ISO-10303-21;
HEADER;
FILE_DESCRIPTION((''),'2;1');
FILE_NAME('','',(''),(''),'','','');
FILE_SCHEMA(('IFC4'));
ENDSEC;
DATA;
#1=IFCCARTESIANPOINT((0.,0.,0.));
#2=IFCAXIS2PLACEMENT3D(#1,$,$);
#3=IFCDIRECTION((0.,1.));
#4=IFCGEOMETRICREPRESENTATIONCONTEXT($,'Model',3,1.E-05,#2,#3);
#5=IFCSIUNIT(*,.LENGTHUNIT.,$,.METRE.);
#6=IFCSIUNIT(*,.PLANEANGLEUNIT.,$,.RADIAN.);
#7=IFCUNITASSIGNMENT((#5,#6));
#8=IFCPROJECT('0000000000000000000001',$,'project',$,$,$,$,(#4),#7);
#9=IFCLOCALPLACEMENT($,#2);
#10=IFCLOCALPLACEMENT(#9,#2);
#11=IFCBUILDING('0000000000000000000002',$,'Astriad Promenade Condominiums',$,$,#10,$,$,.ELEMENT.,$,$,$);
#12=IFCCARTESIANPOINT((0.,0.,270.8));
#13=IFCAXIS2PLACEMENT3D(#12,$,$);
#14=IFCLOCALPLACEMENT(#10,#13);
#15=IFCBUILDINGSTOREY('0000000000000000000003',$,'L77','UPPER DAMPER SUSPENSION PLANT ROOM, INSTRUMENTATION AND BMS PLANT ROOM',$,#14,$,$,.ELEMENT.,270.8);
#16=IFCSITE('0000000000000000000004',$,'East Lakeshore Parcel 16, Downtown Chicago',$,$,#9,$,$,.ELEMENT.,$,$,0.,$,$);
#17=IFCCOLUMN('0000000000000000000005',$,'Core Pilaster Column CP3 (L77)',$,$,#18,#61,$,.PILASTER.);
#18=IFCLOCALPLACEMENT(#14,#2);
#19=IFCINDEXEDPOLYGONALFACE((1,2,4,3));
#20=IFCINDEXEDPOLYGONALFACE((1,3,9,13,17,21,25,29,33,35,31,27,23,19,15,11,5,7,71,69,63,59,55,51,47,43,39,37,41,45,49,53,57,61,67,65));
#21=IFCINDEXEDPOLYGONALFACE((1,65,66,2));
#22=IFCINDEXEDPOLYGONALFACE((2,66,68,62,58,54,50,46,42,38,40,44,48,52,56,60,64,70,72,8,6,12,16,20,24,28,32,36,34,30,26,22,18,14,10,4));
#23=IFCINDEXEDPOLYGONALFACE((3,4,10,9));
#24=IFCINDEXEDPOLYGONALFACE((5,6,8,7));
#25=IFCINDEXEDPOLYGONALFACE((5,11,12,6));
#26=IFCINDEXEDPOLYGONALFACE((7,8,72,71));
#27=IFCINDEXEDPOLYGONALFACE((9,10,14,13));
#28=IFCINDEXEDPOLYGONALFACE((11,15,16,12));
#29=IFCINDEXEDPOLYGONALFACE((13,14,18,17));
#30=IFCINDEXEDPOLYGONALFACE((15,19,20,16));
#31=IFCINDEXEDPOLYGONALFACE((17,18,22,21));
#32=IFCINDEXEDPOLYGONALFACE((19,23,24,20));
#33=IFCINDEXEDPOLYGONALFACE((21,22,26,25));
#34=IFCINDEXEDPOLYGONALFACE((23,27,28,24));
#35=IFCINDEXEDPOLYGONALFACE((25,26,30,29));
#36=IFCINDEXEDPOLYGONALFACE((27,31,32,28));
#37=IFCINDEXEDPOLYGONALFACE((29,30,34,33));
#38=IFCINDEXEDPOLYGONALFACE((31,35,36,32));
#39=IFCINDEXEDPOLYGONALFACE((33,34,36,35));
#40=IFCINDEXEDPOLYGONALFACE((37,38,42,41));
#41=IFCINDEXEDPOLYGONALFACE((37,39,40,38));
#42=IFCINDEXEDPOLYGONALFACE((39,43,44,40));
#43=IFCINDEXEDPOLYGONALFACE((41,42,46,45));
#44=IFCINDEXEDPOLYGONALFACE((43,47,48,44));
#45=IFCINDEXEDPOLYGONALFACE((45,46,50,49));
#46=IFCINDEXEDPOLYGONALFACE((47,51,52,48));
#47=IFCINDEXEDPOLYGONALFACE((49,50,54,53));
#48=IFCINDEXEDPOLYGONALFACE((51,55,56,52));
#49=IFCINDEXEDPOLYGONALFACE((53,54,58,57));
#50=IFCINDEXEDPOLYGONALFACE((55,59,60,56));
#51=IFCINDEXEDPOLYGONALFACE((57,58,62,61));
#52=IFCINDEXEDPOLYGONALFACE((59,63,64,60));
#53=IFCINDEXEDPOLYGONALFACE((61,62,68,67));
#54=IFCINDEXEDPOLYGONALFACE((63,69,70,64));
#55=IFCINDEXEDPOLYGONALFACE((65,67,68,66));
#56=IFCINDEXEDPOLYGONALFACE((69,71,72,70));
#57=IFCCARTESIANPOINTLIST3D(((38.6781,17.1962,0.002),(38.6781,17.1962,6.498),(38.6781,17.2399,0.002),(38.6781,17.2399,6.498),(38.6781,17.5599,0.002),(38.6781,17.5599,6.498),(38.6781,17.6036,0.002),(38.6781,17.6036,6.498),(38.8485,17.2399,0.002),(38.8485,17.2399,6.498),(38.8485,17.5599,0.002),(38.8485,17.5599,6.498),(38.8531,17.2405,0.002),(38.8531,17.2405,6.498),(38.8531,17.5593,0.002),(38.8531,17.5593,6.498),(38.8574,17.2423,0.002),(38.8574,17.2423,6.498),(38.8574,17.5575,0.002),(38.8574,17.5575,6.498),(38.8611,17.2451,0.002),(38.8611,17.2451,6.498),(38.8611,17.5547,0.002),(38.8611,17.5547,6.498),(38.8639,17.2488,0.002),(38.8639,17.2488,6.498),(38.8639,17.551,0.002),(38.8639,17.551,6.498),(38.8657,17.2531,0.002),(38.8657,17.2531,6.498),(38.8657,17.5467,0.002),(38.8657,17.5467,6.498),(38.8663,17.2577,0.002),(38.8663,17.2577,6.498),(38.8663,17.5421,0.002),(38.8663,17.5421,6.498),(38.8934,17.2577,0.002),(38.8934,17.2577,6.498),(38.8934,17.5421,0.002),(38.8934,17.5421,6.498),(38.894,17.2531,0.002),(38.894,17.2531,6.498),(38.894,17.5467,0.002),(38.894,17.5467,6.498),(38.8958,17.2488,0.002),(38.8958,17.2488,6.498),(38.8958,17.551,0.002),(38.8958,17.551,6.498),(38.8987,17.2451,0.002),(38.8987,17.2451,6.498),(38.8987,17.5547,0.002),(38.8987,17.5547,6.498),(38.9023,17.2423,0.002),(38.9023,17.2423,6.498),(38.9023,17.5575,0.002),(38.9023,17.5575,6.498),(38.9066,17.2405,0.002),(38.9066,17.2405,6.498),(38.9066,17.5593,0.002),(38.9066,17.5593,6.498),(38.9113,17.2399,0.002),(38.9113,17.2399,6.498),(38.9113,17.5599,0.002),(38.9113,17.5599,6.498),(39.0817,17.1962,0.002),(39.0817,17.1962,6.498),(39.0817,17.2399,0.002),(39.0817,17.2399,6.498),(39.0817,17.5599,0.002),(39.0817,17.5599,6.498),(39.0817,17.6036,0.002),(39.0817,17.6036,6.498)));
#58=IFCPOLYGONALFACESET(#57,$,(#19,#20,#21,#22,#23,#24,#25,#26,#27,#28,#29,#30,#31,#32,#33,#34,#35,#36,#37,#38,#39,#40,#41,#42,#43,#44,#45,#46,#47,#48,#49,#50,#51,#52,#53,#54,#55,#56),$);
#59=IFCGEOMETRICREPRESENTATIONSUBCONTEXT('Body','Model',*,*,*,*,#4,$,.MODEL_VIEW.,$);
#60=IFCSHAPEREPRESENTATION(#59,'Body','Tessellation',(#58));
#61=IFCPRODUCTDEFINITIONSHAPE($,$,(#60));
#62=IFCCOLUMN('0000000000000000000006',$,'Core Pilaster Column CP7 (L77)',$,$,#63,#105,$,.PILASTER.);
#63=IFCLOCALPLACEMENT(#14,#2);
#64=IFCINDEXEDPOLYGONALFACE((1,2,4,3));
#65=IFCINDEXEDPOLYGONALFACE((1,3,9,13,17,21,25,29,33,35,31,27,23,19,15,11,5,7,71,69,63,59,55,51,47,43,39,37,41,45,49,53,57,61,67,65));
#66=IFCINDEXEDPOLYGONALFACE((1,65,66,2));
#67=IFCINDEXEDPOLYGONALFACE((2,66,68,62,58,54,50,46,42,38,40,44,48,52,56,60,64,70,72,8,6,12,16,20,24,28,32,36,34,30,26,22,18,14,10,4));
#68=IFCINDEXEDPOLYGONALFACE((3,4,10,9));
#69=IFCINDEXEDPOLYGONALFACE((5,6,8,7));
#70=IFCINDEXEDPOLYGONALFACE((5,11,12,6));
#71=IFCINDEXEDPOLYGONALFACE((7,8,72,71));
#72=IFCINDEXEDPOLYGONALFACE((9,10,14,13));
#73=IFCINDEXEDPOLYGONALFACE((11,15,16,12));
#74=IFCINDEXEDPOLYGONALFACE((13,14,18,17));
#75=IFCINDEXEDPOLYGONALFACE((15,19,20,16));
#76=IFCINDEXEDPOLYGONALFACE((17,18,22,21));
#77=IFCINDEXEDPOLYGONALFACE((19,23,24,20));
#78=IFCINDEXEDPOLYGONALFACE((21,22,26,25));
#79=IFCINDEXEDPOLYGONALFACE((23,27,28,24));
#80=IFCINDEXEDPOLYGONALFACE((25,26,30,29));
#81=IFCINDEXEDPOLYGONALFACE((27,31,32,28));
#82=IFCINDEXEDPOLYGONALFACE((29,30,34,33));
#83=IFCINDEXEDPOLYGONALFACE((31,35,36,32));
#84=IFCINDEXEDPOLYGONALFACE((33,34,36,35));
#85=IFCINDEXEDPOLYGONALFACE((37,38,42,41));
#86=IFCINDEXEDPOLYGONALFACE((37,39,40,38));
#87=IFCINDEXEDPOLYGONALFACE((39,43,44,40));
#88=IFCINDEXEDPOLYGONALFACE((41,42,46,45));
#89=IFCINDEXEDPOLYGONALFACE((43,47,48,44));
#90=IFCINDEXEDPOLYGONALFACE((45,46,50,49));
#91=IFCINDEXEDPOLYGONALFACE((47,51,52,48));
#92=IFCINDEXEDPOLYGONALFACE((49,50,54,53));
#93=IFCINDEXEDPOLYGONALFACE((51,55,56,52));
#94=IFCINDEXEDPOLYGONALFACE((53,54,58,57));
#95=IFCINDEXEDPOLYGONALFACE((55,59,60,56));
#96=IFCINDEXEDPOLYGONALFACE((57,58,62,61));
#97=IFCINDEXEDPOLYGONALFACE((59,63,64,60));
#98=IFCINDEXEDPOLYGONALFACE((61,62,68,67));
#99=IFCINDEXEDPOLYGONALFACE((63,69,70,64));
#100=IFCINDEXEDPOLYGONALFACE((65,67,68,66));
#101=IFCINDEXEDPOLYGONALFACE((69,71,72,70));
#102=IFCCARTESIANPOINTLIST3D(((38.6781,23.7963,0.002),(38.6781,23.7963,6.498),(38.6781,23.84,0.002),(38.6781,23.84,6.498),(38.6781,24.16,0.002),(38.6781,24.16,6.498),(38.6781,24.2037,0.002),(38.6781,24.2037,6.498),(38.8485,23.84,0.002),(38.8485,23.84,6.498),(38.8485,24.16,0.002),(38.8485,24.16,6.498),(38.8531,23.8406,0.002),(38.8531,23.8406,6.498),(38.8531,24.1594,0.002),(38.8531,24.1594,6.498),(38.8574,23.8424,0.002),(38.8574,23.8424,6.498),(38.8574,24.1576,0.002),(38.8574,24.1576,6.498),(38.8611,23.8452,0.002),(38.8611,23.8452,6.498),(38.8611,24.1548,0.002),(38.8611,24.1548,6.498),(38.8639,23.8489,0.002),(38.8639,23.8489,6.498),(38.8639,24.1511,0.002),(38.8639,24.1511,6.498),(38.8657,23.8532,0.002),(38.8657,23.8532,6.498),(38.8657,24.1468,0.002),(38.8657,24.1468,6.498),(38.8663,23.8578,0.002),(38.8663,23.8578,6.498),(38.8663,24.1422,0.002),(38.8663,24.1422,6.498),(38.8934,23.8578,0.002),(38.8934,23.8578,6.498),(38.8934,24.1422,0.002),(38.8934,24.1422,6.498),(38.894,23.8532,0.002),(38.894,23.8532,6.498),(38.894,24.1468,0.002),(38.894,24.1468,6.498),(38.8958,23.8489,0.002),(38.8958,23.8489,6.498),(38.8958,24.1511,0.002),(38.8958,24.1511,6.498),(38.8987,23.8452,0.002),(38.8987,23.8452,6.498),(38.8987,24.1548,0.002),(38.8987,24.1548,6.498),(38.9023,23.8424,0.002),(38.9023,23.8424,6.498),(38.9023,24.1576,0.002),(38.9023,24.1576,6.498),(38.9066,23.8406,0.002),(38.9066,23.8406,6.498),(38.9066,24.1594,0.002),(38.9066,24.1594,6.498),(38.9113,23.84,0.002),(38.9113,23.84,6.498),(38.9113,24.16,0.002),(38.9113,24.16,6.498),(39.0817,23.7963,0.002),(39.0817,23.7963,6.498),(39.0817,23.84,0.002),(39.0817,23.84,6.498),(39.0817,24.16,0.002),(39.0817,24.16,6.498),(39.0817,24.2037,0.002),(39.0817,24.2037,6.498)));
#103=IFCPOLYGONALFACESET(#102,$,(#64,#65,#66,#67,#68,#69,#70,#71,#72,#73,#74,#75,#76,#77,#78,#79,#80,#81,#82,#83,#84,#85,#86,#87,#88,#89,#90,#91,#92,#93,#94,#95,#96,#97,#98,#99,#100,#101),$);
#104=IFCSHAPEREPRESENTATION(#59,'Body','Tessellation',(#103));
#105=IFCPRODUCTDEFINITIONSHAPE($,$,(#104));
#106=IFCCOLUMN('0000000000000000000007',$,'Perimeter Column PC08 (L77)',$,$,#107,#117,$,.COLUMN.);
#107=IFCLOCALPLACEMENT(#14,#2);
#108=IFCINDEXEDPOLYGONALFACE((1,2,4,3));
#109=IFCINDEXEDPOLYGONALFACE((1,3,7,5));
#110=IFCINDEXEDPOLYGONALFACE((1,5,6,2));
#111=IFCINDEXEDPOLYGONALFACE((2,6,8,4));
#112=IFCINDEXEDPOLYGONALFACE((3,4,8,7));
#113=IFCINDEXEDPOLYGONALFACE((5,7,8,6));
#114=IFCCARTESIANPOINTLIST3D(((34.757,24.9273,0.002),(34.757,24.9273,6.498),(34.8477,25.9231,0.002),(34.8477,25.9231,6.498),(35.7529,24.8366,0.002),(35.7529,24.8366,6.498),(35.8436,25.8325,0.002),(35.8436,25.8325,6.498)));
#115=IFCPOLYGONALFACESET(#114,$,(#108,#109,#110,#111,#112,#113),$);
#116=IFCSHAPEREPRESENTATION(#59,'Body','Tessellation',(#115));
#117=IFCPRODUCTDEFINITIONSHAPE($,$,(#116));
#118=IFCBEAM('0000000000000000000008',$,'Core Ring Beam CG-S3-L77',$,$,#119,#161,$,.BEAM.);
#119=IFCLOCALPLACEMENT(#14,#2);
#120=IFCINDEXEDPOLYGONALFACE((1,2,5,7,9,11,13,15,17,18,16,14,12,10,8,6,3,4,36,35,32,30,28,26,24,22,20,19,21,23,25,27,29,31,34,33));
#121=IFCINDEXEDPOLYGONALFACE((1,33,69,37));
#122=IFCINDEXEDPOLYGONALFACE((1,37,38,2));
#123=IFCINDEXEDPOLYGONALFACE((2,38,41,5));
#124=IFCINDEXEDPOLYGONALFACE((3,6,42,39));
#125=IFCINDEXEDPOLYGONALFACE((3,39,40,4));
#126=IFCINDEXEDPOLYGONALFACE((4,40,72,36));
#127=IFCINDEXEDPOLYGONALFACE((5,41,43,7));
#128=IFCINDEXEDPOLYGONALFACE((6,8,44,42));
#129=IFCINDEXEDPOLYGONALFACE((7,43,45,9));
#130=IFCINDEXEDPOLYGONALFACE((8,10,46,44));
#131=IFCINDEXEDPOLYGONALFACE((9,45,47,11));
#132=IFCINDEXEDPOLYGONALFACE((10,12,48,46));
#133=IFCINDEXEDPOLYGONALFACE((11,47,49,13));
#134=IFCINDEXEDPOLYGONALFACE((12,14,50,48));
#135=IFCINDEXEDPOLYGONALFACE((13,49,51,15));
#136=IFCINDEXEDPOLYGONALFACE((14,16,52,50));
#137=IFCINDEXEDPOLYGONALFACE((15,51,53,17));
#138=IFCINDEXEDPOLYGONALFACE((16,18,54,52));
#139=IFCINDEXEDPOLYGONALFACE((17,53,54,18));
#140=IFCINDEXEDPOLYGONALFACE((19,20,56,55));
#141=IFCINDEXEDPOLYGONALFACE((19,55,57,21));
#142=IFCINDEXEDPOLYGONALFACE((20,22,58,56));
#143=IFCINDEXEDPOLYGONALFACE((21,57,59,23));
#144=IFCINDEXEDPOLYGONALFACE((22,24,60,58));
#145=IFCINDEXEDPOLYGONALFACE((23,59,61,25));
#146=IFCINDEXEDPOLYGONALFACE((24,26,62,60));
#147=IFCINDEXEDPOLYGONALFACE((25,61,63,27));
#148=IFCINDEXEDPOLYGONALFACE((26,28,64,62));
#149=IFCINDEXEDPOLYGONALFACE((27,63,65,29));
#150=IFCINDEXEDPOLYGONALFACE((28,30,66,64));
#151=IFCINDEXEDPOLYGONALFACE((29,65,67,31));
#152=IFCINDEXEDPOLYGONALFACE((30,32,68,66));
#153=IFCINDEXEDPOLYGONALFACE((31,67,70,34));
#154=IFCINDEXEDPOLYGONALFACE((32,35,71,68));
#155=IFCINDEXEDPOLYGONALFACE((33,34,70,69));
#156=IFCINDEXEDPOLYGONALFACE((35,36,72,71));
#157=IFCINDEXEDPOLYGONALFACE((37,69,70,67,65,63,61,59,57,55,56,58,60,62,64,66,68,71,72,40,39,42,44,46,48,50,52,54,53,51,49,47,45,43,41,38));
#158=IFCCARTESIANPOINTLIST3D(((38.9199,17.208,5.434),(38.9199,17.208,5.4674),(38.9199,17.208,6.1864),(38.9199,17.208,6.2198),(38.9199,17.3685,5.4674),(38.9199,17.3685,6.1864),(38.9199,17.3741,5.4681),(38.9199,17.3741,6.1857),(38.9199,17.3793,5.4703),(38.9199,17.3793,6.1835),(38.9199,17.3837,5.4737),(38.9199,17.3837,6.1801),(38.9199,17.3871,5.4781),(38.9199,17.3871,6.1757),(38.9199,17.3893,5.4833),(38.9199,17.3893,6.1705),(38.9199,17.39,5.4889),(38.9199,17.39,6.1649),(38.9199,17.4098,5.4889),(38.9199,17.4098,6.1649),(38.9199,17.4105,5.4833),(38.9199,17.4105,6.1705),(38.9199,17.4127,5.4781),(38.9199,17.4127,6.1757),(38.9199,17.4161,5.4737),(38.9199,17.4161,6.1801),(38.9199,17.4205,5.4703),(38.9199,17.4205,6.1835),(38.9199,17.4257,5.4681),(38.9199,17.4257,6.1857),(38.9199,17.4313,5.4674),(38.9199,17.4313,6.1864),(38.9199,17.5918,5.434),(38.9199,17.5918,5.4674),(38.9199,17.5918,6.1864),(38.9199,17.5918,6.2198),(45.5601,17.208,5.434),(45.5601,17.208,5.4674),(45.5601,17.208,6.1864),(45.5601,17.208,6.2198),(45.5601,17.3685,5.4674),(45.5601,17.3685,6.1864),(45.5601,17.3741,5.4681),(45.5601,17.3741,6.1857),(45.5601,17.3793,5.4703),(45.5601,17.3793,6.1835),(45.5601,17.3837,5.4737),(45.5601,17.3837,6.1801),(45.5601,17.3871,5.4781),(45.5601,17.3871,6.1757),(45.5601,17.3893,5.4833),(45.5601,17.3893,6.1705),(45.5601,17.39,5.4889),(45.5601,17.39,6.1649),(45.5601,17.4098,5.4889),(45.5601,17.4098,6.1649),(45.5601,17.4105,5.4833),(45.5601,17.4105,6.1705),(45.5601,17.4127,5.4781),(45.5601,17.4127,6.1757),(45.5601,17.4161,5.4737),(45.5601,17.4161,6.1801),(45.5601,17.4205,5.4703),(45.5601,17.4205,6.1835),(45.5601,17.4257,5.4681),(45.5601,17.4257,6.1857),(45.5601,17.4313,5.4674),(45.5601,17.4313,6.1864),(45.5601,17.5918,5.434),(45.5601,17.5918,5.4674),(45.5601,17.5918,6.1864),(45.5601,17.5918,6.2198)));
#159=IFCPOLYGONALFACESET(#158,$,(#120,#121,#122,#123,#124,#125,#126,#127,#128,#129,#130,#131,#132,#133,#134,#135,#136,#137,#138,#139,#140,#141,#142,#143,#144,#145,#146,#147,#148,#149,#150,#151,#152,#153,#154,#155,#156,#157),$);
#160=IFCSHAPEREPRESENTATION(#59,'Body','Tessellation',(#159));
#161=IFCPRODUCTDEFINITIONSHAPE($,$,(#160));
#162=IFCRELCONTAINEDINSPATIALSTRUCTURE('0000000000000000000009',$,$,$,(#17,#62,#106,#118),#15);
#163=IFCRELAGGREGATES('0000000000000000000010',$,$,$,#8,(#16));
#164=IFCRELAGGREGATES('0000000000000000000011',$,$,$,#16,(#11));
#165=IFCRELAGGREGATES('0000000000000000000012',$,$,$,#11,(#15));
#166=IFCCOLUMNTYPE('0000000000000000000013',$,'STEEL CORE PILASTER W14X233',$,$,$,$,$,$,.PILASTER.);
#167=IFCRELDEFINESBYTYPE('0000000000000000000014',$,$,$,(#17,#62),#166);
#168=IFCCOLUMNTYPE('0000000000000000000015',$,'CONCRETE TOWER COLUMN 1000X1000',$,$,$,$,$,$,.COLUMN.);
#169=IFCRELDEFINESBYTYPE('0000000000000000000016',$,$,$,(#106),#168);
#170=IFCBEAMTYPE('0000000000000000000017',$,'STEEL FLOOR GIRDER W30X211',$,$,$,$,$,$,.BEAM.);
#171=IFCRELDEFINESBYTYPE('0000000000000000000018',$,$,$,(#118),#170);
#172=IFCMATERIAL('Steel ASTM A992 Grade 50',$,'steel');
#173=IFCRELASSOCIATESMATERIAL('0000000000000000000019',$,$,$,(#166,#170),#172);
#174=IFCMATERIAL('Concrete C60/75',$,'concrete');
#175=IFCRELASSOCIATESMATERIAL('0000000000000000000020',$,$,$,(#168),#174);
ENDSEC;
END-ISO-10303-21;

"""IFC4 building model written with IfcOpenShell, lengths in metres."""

from ifc_helpers import new_model, si_unit, direction, frame, origin, origin_2d, place, context, subcontext, project, spatial, rectangle, i_section, extrude, source, transform, mapped, material, material_profile, profile_set, type_object, type_shapes, element, save


model = new_model("IFC4")

# Units and contexts
model_context = context("Model", 3, precision=1e-05, world=origin(), true_north=direction((0.0, 1.0)))
body_context = subcontext(model_context, "Body", "Model", "MODEL_VIEW")
ifc_project = project(units=[si_unit("LENGTHUNIT", "METRE"), si_unit("PLANEANGLEUNIT", "RADIAN")], contexts=[model_context])

# Site, building, storey
site_placement = place(None, origin())
site = spatial("IfcSite", under=ifc_project, at=site_placement, Name="East Lakeshore Parcel 16, Downtown Chicago", CompositionType="ELEMENT", RefElevation=0.0)
building_placement = place(site_placement, origin())
building = spatial("IfcBuilding", under=site, at=building_placement, Name="Astriad Promenade Condominiums", CompositionType="ELEMENT")
storey_placement = place(building_placement, frame((0.0, 0.0, 270.8)))
storey = spatial("IfcBuildingStorey", under=building, at=storey_placement, Name="L77", Description="UPPER DAMPER SUSPENSION PLANT ROOM, INSTRUMENTATION AND BMS PLANT ROOM", CompositionType="ELEMENT", Elevation=270.8)

# Columns
ifc_material_1 = material(Name="Steel ASTM A992 Grade 50", Category="steel")
ifc_material_profile_1 = material_profile(ifc_material_1, i_section(OverallWidth=0.4036, OverallDepth=0.4075, WebThickness=0.0271, FlangeThickness=0.0437, FilletRadius=0.0178, at=origin_2d()), Name="W14X233")
ifc_profile_set_1 = profile_set([ifc_material_profile_1], Name="Steel ASTM A992 Grade 50")
column_type_1 = type_object("IfcColumnType", Name="STEEL CORE PILASTER W14X233", PredefinedType="PILASTER", material=ifc_profile_set_1)
shared_shape_1 = source(origin(), body_context, "Body", "SweptSolid", [
    extrude(i_section(OverallWidth=0.4036, OverallDepth=0.4075, WebThickness=0.0271, FlangeThickness=0.0437, FilletRadius=0.0178, at=origin_2d()), origin(), (0.0, 0.0, 1.0), 6.4961),
])
type_shapes(column_type_1, [shared_shape_1])
for number, where, z_axis, x_axis, name in (
    (1, (38.8799, 17.3999, 0.002), (0.0, 0.0, 1.0), (1.0, 0.0, 0.0), "Core Pilaster Column CP3 (L77)"),
    (2, (38.8799, 24.0, 0.002), (0.0, 0.0, 1.0), (1.0, 0.0, 0.0), "Core Pilaster Column CP7 (L77)"),
):
    element("IfcColumn", number, at=place(storey_placement, frame(where, z_axis=z_axis, x_axis=x_axis)), inside=storey, type_object=column_type_1, Name=name, PredefinedType="PILASTER", context=body_context, shape_type="MappedRepresentation", body=[
        mapped(shared_shape_1, transform((0.0, 0.0, 0.0), scale=1.0)),
    ])
ifc_material_2 = material(Name="Concrete C60/75", Category="concrete")
ifc_material_profile_2 = material_profile(ifc_material_2, rectangle(XDim=1.0, YDim=1.0, at=origin_2d()), Name="RC-COL-1000X1000")
ifc_profile_set_2 = profile_set([ifc_material_profile_2], Name="Concrete C60/75")
column_type_2 = type_object("IfcColumnType", Name="CONCRETE TOWER COLUMN 1000X1000", PredefinedType="COLUMN", material=ifc_profile_set_2)
shared_shape_2 = source(origin(), body_context, "Body", "SweptSolid", [
    extrude(rectangle(XDim=1.0, YDim=1.0, at=origin_2d()), origin(), (0.0, 0.0, 1.0), 6.4961),
])
type_shapes(column_type_2, [shared_shape_2])
column_placement = place(storey_placement, frame((35.3003, 25.3799, 0.002), z_axis=(0.0, 0.0, 1.0), x_axis=(0.995884, -0.090633, 0.0)))
element("IfcColumn", 3, at=column_placement, inside=storey, type_object=column_type_2, Name="Perimeter Column PC08 (L77)", PredefinedType="COLUMN", context=body_context, shape_type="MappedRepresentation", body=[
    mapped(shared_shape_2, transform((0.0, 0.0, 0.0), scale=1.0)),
])

# Beam
ifc_material_profile_3 = material_profile(ifc_material_1, i_section(OverallWidth=0.3838, OverallDepth=0.7859, WebThickness=0.0198, FlangeThickness=0.0334, FilletRadius=0.0215, at=origin_2d()), Name="W30X211")
ifc_profile_set_3 = profile_set([ifc_material_profile_3], Name="Steel ASTM A992 Grade 50")
beam_type_1 = type_object("IfcBeamType", Name="STEEL FLOOR GIRDER W30X211", PredefinedType="BEAM", material=ifc_profile_set_3)
shared_shape_3 = source(origin(), body_context, "Body", "SweptSolid", [
    extrude(i_section(OverallWidth=0.3838, OverallDepth=0.7859, WebThickness=0.0198, FlangeThickness=0.0334, FilletRadius=0.0215, at=origin_2d()), origin(), (0.0, 0.0, 1.0), 6.6401),
])
type_shapes(beam_type_1, [shared_shape_3])
beam_1_placement = place(storey_placement, frame((38.9199, 17.3999, 5.8269), z_axis=(1.0, 0.0, 0.0), x_axis=(0.0, 1.0, 0.0)))
element("IfcBeam", 4, at=beam_1_placement, inside=storey, type_object=beam_type_1, Name="Core Ring Beam CG-S3-L77", PredefinedType="BEAM", context=body_context, shape_type="MappedRepresentation", body=[
    mapped(shared_shape_3, transform((0.0, 0.0, 0.0), scale=1.0)),
])

save(model, "model.ifc")
